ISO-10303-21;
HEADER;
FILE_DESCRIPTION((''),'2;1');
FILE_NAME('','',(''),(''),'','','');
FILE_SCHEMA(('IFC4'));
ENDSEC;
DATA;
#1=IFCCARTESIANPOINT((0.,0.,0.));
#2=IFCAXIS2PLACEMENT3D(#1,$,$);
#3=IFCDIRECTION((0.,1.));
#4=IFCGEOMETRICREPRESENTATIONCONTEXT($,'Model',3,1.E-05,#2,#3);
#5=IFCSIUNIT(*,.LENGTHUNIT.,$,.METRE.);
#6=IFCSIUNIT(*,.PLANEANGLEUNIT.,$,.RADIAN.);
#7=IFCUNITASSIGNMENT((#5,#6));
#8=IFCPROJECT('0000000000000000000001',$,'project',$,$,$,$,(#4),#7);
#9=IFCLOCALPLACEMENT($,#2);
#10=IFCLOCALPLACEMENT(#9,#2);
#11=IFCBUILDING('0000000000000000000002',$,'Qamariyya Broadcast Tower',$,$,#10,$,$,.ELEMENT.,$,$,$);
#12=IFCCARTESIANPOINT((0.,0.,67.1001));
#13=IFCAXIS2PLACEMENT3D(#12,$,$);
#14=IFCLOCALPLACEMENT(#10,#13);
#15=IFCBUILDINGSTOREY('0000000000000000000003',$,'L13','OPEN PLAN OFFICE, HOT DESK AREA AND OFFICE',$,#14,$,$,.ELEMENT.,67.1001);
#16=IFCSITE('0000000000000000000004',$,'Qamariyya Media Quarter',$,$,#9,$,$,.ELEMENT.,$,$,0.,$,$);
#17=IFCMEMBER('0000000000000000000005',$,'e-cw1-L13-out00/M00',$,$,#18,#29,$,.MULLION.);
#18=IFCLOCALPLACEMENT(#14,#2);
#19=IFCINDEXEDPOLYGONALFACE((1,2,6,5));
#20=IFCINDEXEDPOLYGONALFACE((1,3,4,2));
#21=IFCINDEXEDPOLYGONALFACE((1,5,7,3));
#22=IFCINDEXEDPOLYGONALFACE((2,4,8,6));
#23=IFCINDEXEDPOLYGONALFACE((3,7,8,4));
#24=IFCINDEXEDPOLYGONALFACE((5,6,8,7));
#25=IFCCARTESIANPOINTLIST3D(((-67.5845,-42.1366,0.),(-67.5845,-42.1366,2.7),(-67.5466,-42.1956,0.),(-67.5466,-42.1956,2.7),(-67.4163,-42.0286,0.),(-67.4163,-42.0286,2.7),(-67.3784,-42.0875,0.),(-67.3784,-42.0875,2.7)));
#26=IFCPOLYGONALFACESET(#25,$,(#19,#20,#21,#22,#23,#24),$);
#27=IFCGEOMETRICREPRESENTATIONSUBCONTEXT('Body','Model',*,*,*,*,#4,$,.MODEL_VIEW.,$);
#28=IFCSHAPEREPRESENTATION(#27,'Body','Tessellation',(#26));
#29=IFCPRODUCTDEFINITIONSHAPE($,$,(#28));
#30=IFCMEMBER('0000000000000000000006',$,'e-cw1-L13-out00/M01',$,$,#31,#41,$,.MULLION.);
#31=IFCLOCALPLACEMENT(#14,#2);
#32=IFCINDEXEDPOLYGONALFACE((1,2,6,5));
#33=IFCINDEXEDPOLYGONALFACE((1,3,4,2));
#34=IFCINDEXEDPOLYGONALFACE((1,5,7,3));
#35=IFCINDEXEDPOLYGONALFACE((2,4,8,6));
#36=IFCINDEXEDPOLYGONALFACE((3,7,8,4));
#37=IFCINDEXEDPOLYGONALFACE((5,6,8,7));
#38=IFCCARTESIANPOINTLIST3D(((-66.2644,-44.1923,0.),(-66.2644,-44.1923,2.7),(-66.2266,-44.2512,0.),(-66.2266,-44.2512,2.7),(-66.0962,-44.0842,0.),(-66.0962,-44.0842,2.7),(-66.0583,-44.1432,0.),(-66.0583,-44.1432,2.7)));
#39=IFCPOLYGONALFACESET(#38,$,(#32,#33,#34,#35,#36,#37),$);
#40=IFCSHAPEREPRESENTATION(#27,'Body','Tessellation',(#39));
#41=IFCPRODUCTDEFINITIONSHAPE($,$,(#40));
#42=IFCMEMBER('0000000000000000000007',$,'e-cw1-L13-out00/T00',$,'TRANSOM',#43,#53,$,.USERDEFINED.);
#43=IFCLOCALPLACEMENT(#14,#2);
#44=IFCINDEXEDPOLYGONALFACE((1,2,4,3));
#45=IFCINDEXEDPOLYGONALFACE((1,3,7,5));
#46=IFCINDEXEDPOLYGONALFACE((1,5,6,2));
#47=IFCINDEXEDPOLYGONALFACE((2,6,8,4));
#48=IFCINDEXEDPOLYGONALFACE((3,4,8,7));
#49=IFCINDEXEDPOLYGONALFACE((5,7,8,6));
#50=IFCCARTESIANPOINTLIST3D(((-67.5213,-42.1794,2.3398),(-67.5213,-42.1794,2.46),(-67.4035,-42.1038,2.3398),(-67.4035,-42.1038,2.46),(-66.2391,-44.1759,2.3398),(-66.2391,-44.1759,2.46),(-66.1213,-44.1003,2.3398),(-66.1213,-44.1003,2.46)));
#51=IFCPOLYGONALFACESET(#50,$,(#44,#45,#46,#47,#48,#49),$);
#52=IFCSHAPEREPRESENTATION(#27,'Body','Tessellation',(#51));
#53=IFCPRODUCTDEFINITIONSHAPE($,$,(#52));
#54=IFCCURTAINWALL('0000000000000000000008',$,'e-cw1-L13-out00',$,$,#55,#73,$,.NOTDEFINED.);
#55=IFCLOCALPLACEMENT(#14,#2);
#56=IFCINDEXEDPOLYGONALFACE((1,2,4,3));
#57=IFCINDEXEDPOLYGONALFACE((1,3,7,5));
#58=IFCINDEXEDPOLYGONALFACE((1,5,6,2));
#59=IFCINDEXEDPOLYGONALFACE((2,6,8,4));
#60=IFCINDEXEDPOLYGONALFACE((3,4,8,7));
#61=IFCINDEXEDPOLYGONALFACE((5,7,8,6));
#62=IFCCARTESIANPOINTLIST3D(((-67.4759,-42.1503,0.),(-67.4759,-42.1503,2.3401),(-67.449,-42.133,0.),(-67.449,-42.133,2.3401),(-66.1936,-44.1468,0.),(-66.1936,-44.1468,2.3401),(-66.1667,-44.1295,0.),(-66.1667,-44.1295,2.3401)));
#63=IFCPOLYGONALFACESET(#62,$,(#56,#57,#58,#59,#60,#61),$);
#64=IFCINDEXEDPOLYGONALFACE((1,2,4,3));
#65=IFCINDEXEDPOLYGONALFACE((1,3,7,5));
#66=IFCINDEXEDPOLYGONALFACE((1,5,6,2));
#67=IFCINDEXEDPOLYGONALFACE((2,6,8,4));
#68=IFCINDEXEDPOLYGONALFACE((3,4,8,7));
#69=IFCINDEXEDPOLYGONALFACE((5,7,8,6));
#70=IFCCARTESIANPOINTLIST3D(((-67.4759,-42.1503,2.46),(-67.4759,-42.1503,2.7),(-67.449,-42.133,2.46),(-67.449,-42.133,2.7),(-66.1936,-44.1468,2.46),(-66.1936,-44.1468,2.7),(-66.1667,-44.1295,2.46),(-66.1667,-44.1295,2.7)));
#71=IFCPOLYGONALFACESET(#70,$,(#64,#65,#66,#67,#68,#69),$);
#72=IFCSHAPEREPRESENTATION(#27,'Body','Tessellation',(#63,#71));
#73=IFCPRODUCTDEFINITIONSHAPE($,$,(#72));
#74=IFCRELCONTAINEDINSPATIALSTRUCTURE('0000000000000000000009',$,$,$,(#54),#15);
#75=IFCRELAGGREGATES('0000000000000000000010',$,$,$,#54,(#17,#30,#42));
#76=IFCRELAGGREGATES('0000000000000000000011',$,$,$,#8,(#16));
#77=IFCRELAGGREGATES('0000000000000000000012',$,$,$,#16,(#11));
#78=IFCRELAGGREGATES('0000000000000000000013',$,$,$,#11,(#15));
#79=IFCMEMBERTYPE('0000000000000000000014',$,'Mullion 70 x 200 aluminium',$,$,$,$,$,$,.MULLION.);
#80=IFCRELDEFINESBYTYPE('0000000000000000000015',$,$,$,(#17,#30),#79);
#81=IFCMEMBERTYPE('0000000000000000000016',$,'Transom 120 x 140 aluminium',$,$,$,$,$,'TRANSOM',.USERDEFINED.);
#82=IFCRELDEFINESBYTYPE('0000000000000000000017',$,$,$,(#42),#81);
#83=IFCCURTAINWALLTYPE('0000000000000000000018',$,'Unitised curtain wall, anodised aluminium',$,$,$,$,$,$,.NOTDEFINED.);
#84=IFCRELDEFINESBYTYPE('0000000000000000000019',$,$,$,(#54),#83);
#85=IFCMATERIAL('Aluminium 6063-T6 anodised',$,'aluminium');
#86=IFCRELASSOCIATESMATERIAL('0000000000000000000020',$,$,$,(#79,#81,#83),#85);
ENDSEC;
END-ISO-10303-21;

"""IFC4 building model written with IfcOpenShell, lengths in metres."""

from ifc_helpers import new_model, si_unit, direction, frame, origin, origin_2d, place, context, subcontext, project, spatial, rectangle, extrude, material, material_profile, profile_set, type_object, element, aggregate, save


model = new_model("IFC4")

# Units and contexts
model_context = context("Model", 3, precision=1e-05, world=origin(), true_north=direction((0.0, 1.0)))
body_context = subcontext(model_context, "Body", "Model", "MODEL_VIEW")
ifc_project = project(units=[si_unit("LENGTHUNIT", "METRE"), si_unit("PLANEANGLEUNIT", "RADIAN")], contexts=[model_context])

# Members
ifc_material_1 = material(Name="Aluminium 6063-T6 anodised", Category="aluminium")
ifc_material_profile_1 = material_profile(ifc_material_1, rectangle(XDim=0.2, YDim=0.0701, at=origin_2d()))
ifc_profile_set_1 = profile_set([ifc_material_profile_1], Name="Aluminium 6063-T6 anodised")
member_type_1 = type_object("IfcMemberType", Name="Mullion 70 x 200 aluminium", PredefinedType="MULLION", material=ifc_profile_set_1)
site_placement = place(None, origin())
building_placement = place(site_placement, origin())
storey_placement = place(building_placement, frame((0.0, 0.0, 67.1001)))
member_1_placement = place(storey_placement, frame((-67.4814, -42.1121, 0.0), z_axis=(0.0, 0.0, 1.0), x_axis=(0.841439, 0.540353, 0.0)))
member_1 = element("IfcMember", 1, at=member_1_placement, type_object=member_type_1, Name="e-cw1-L13-out00/M00", PredefinedType="MULLION", context=body_context, shape_type="SweptSolid", body=[
    extrude(rectangle(XDim=0.2, YDim=0.0701, at=origin_2d()), origin(), (0.0, 0.0, 1.0), 2.7),
])
member_2_placement = place(storey_placement, frame((-66.1614, -44.1677, 0.0), z_axis=(0.0, 0.0, 1.0), x_axis=(0.841439, 0.540353, 0.0)))
member_2 = element("IfcMember", 2, at=member_2_placement, type_object=member_type_1, Name="e-cw1-L13-out00/M01", PredefinedType="MULLION", context=body_context, shape_type="SweptSolid", body=[
    extrude(rectangle(XDim=0.2, YDim=0.0701, at=origin_2d()), origin(), (0.0, 0.0, 1.0), 2.7),
])

# Site, building, storey
site = spatial("IfcSite", under=ifc_project, at=site_placement, Name="Qamariyya Media Quarter", CompositionType="ELEMENT", RefElevation=0.0)
building = spatial("IfcBuilding", under=site, at=building_placement, Name="Qamariyya Broadcast Tower", CompositionType="ELEMENT")
storey = spatial("IfcBuildingStorey", under=building, at=storey_placement, Name="L13", Description="OPEN PLAN OFFICE, HOT DESK AREA AND OFFICE", CompositionType="ELEMENT", Elevation=67.1001)

# Member
ifc_material_profile_2 = material_profile(ifc_material_1, rectangle(XDim=0.1399, YDim=0.1201, at=origin_2d()))
ifc_profile_set_2 = profile_set([ifc_material_profile_2], Name="Aluminium 6063-T6 anodised")
member_type_2 = type_object("IfcMemberType", Name="Transom 120 x 140 aluminium", ElementType="TRANSOM", PredefinedType="USERDEFINED", material=ifc_profile_set_2)
member_3_placement = place(storey_placement, frame((-67.4624, -42.1416, 2.3999), z_axis=(0.540373, -0.841426, 0.0), x_axis=(0.841426, 0.540373, 0.0)))
member_3 = element("IfcMember", 3, at=member_3_placement, type_object=member_type_2, Name="e-cw1-L13-out00/T00", ObjectType="TRANSOM", PredefinedType="USERDEFINED", context=body_context, shape_type="SweptSolid", body=[
    extrude(rectangle(XDim=0.1399, YDim=0.1201, at=origin_2d()), origin(), (0.0, 0.0, 1.0), 2.3728),
])

# Curtain wall
curtain_wall_type = type_object("IfcCurtainWallType", Name="Unitised curtain wall, anodised aluminium", PredefinedType="NOTDEFINED", material=ifc_material_1)
curtain_wall_1_placement = place(storey_placement, origin())
curtain_wall_1 = element("IfcCurtainWall", 4, at=curtain_wall_1_placement, inside=storey, type_object=curtain_wall_type, Name="e-cw1-L13-out00", PredefinedType="NOTDEFINED", context=body_context, shape_type="SweptSolid", body=[
    extrude(rectangle(XDim=2.3728, YDim=0.032, at=origin_2d()), frame((-66.8213, -43.1399, 0.0), x_axis=(0.540404, -0.841406, 0.0)), (0.0, 0.0, 1.0), 2.3401),
    extrude(rectangle(XDim=2.3728, YDim=0.032, at=origin_2d()), frame((-66.8213, -43.1399, 2.46), x_axis=(0.540404, -0.841406, 0.0)), (0.0, 0.0, 1.0), 0.24),
])
aggregate(curtain_wall_1, [member_1, member_2, member_3])

save(model, "model.ifc")
